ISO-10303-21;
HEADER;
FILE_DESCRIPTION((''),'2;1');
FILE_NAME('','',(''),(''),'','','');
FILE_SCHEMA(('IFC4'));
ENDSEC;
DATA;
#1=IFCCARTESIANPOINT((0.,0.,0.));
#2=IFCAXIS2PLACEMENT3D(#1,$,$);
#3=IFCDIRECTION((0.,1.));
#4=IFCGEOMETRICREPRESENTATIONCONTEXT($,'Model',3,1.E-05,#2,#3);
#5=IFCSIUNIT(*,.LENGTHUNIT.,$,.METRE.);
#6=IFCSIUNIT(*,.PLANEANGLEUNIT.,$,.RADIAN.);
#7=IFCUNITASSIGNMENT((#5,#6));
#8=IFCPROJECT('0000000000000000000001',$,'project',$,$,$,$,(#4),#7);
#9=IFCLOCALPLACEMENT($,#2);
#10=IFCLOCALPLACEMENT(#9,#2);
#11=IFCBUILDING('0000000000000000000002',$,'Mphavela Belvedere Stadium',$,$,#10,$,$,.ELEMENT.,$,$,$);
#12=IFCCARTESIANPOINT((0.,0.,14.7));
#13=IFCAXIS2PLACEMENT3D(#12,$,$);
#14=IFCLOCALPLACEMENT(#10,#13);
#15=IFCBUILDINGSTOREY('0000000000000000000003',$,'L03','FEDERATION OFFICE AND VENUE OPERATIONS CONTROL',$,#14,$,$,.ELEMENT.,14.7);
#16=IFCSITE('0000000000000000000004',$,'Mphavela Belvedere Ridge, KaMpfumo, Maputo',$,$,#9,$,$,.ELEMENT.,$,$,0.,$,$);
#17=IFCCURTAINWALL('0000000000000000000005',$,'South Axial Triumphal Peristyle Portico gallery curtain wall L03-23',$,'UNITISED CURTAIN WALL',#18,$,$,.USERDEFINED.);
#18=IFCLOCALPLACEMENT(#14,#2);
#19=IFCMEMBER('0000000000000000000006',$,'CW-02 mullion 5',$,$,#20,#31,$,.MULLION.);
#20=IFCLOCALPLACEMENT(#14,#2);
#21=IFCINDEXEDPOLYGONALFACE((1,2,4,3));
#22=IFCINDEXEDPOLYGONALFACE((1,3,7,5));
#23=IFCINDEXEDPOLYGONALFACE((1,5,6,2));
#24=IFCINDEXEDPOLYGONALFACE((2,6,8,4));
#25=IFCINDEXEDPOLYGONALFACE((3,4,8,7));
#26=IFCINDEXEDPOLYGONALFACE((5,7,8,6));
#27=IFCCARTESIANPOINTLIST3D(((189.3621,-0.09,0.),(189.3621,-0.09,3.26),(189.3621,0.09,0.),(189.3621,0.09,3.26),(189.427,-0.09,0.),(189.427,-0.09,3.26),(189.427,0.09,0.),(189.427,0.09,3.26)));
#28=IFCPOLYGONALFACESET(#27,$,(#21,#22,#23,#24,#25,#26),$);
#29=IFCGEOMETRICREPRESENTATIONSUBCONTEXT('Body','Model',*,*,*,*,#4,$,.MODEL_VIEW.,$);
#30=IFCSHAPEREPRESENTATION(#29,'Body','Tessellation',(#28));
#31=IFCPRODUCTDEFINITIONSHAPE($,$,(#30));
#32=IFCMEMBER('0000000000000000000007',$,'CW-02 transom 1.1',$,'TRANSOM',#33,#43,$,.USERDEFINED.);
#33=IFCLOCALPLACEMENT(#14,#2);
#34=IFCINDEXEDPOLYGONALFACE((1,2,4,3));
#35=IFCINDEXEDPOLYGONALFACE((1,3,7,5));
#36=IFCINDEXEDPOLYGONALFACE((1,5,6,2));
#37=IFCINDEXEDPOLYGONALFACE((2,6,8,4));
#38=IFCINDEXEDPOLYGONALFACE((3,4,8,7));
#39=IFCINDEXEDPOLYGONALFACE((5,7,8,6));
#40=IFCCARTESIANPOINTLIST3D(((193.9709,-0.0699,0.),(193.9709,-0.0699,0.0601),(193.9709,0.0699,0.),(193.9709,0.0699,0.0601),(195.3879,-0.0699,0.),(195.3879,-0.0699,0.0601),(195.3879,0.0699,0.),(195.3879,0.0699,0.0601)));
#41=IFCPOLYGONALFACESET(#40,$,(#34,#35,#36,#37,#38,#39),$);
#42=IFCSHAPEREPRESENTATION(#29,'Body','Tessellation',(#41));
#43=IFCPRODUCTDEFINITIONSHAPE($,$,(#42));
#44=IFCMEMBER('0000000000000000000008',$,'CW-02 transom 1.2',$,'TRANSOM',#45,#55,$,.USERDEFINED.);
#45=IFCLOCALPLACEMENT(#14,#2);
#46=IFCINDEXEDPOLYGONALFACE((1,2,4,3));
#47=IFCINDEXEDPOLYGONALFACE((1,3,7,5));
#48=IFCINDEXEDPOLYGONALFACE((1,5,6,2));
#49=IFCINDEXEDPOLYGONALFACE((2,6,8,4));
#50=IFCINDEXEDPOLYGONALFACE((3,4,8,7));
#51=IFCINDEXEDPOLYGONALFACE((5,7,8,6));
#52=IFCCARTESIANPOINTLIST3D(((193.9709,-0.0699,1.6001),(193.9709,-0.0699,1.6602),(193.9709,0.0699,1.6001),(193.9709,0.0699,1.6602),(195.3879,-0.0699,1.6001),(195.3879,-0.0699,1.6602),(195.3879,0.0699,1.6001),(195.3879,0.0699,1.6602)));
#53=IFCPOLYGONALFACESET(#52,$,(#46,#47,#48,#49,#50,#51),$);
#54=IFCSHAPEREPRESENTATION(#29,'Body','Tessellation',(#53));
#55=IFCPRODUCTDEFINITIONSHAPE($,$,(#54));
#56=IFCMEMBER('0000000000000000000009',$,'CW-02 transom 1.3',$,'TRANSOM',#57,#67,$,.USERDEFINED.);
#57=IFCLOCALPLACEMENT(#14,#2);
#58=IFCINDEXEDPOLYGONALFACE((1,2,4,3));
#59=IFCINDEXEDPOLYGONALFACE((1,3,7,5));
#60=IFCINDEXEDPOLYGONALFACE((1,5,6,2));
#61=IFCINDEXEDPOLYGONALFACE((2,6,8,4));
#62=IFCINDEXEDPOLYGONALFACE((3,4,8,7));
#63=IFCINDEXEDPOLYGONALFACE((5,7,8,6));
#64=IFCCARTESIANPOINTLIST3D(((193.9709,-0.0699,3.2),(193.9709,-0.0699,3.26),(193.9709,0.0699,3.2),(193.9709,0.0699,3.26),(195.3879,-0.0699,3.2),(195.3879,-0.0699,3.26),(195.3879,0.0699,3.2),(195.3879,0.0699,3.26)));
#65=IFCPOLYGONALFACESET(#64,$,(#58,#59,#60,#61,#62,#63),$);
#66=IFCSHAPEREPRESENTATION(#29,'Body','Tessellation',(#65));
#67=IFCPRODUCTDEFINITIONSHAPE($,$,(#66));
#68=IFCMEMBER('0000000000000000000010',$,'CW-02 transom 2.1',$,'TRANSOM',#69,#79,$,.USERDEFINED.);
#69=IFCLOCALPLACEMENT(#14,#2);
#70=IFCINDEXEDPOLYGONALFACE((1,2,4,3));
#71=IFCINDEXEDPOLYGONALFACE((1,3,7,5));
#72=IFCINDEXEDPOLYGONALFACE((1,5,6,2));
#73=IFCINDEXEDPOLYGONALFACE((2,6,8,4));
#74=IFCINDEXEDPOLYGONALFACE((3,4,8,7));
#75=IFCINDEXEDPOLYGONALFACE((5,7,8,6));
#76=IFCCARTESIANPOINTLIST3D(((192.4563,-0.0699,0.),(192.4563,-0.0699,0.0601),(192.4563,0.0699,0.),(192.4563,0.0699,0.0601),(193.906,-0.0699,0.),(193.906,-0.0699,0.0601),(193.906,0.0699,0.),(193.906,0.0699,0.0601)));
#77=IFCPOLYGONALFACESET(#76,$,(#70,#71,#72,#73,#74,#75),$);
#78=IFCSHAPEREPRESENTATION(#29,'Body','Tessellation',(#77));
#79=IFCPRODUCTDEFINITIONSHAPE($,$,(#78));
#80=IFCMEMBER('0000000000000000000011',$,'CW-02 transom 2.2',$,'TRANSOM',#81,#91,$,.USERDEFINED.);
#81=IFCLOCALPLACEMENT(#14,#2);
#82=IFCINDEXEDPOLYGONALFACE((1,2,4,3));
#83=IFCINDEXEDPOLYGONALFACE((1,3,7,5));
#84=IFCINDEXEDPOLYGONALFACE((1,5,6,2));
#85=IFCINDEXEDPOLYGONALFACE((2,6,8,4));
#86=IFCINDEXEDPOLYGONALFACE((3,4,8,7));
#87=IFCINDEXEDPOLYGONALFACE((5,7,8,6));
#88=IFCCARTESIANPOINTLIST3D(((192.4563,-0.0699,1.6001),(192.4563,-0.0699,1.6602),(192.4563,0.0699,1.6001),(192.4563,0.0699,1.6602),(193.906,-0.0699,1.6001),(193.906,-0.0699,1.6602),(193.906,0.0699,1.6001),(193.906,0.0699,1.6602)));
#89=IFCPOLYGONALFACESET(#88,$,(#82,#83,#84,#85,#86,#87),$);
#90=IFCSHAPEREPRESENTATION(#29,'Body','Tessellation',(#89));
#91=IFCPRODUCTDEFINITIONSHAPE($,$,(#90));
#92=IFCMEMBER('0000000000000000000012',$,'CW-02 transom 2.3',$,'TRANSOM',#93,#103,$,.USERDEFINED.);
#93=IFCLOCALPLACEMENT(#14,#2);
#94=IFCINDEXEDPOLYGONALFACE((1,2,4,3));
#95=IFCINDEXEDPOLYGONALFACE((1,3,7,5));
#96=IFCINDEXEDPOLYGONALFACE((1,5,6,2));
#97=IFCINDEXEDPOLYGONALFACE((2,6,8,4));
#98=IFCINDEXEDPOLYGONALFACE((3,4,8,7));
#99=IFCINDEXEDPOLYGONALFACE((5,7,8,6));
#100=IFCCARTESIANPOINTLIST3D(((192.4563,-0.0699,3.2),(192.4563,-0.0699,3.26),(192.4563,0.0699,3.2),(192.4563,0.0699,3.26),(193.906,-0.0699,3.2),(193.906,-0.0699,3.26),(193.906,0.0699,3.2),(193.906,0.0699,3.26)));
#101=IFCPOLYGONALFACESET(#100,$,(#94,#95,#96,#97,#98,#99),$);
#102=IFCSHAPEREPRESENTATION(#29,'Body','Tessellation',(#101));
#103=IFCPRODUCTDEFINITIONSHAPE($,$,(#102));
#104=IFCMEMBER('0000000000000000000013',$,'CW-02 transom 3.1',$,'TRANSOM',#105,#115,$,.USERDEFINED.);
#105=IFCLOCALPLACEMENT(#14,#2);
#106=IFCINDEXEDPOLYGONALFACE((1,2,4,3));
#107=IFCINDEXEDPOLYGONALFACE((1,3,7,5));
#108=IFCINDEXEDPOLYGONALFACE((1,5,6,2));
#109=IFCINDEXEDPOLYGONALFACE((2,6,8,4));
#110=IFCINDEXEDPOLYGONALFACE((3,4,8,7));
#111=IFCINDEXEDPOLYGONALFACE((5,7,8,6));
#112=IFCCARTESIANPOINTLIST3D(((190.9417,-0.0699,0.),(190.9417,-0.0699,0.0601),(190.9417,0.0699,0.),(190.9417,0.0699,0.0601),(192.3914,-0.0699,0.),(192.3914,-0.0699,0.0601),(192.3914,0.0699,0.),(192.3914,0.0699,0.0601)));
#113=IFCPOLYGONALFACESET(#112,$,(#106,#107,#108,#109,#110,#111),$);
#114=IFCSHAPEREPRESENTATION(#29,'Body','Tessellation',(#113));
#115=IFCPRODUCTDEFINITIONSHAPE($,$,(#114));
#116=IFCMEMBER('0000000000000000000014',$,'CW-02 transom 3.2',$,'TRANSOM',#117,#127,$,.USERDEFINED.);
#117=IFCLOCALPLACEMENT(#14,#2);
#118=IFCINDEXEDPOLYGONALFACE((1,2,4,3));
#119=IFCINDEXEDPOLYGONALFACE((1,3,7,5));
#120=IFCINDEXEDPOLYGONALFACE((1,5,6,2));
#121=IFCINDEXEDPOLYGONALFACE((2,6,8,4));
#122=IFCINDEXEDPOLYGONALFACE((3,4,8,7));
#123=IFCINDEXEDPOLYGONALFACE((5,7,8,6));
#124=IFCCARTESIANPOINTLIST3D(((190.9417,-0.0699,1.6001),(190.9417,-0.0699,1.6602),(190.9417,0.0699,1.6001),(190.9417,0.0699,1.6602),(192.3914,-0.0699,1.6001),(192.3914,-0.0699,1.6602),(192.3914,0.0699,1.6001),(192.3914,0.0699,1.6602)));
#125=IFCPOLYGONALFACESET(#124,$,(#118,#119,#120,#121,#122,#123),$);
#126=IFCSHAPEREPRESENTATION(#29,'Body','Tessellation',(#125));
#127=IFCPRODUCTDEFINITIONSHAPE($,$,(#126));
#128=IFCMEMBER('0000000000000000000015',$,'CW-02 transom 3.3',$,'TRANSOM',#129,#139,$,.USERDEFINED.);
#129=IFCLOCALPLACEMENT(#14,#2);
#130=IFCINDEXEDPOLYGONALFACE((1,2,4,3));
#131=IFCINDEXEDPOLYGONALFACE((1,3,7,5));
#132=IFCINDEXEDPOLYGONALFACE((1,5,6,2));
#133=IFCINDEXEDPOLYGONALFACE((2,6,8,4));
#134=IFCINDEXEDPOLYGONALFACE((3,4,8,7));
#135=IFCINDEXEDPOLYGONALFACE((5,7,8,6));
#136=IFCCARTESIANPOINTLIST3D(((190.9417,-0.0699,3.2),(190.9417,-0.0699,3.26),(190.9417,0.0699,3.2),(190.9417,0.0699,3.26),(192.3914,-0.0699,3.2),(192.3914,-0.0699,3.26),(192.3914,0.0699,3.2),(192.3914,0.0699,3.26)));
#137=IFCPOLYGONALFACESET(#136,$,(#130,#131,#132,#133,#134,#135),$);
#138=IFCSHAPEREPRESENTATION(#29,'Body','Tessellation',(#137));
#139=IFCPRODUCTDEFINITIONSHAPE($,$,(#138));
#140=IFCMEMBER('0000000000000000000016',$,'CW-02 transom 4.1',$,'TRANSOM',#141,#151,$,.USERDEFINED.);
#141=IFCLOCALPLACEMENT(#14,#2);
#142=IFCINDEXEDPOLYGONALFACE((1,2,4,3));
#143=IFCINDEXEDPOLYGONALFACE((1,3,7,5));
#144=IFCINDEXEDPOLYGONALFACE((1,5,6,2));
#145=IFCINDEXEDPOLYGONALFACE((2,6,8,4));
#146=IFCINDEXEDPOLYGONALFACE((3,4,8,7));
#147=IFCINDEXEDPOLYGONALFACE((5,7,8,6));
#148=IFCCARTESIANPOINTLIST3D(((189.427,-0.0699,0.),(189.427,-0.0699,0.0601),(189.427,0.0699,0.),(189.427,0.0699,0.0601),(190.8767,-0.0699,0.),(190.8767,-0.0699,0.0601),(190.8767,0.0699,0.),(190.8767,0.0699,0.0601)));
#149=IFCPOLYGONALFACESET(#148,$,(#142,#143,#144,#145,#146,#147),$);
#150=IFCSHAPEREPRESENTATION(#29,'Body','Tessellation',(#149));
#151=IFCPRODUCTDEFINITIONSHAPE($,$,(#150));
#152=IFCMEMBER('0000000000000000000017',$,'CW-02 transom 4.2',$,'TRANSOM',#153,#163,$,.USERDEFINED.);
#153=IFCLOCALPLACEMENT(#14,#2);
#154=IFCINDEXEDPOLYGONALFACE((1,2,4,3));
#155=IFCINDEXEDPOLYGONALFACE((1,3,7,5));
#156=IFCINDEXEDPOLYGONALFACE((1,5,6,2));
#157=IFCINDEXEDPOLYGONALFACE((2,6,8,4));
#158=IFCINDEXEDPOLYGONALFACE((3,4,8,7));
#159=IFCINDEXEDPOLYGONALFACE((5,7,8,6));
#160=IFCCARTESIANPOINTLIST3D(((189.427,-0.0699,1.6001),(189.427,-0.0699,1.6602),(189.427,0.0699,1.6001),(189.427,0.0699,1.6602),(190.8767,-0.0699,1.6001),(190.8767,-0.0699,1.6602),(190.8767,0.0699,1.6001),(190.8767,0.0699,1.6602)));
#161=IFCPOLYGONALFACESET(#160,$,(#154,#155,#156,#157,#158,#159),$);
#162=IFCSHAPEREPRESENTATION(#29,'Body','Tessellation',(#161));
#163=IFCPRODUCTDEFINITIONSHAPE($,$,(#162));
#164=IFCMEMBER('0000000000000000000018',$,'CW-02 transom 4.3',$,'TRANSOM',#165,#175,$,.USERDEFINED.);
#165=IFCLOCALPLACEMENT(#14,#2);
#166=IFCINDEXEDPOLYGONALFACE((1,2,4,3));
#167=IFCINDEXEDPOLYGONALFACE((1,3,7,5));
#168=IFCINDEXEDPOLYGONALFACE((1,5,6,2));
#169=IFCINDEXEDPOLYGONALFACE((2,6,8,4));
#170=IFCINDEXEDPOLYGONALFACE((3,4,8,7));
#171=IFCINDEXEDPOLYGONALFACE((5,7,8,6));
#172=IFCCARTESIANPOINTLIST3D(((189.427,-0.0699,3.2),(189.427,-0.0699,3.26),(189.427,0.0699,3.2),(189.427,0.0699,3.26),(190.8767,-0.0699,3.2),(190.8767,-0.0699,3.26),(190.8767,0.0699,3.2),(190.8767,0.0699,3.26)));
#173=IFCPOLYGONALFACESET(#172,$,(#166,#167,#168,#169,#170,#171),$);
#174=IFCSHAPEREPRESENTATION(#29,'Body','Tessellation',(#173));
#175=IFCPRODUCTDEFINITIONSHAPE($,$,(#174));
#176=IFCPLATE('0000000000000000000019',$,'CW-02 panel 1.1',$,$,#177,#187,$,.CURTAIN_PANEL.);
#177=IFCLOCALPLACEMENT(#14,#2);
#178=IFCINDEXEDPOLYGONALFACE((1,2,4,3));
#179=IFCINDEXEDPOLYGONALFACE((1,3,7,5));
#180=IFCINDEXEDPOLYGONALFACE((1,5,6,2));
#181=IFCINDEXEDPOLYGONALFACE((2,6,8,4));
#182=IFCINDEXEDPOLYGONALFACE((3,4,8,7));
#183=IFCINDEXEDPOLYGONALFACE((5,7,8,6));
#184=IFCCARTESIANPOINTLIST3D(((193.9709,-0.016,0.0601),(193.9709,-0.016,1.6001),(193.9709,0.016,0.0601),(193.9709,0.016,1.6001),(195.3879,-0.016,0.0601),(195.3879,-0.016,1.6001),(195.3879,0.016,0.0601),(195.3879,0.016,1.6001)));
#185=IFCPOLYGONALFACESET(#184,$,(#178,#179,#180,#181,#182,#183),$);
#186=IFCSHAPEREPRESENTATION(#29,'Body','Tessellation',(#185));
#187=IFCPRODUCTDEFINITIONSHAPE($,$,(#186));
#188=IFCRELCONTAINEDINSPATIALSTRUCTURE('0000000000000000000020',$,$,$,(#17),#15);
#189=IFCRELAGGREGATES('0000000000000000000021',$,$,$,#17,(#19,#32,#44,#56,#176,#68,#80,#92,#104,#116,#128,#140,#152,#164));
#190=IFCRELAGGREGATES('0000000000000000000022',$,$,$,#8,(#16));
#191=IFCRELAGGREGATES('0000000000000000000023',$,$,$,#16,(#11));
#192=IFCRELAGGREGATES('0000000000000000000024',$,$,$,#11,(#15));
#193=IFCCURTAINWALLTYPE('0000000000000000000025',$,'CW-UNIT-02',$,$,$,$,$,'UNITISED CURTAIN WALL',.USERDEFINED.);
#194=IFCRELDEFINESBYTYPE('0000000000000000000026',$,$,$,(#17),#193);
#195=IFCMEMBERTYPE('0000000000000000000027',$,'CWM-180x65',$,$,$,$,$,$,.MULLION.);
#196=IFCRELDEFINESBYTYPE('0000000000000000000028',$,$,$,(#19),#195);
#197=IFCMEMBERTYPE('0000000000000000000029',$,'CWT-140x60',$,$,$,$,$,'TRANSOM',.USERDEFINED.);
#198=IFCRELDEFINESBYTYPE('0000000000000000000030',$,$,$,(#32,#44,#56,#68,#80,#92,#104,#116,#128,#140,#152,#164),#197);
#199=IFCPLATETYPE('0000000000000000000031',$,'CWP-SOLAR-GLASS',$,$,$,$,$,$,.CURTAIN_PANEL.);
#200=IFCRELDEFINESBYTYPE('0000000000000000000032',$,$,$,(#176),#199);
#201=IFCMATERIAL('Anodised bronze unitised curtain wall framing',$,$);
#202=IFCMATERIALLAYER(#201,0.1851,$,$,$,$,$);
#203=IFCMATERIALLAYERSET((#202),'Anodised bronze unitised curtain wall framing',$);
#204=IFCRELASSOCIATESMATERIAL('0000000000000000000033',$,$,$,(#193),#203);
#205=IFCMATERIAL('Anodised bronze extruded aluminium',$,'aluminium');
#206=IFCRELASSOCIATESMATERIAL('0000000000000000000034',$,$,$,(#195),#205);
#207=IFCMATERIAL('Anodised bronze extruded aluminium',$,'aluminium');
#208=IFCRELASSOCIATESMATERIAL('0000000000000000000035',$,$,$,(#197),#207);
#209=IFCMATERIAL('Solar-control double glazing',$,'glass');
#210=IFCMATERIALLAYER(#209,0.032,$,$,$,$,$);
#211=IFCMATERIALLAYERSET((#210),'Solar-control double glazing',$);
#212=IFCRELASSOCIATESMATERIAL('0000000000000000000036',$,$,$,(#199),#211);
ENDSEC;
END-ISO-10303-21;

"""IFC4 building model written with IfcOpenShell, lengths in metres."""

from ifc_helpers import new_model, si_unit, direction, frame, origin, origin_2d, place, context, subcontext, project, spatial, rectangle, extrude, material, layer, layer_set, material_profile, profile_set, type_object, element, aggregate, save


model = new_model("IFC4")

# Units and contexts
model_context = context("Model", 3, precision=1e-05, world=origin(), true_north=direction((0.0, 1.0)))
body_context = subcontext(model_context, "Body", "Model", "MODEL_VIEW")
ifc_project = project(units=[si_unit("LENGTHUNIT", "METRE"), si_unit("PLANEANGLEUNIT", "RADIAN")], contexts=[model_context])

# Site, building, storey
site_placement = place(None, origin())
site = spatial("IfcSite", under=ifc_project, at=site_placement, Name="Mphavela Belvedere Ridge, KaMpfumo, Maputo", CompositionType="ELEMENT", RefElevation=0.0)
building_placement = place(site_placement, origin())
building = spatial("IfcBuilding", under=site, at=building_placement, Name="Mphavela Belvedere Stadium", CompositionType="ELEMENT")
storey_placement = place(building_placement, frame((0.0, 0.0, 14.7)))
storey = spatial("IfcBuildingStorey", under=building, at=storey_placement, Name="L03", Description="FEDERATION OFFICE AND VENUE OPERATIONS CONTROL", CompositionType="ELEMENT", Elevation=14.7)

# Curtain wall, members, plate
ifc_material_1 = material(Name="Anodised bronze unitised curtain wall framing")
ifc_layer_1 = layer(ifc_material_1, 0.1851)
ifc_layer_set_1 = layer_set([ifc_layer_1], Name="Anodised bronze unitised curtain wall framing")
curtain_wall_type = type_object("IfcCurtainWallType", Name="CW-UNIT-02", ElementType="UNITISED CURTAIN WALL", PredefinedType="USERDEFINED", material=ifc_layer_set_1)
curtain_wall_placement = place(storey_placement, origin())
curtain_wall = element("IfcCurtainWall", 1, at=curtain_wall_placement, inside=storey, type_object=curtain_wall_type, Name="South Axial Triumphal Peristyle Portico gallery curtain wall L03-23", ObjectType="UNITISED CURTAIN WALL", PredefinedType="USERDEFINED")
ifc_material_2 = material(Name="Anodised bronze extruded aluminium", Category="aluminium")
ifc_material_profile_1 = material_profile(ifc_material_2, rectangle(XDim=0.1799, YDim=0.0649, at=origin_2d()), Name="CW-MUL 180x65")
ifc_profile_set_1 = profile_set([ifc_material_profile_1], Name="Anodised bronze extruded aluminium")
member_type_1 = type_object("IfcMemberType", Name="CWM-180x65", PredefinedType="MULLION", material=ifc_profile_set_1)
member_1_placement = place(storey_placement, frame((189.3945, 0.0, 0.0), z_axis=(0.0, 0.0, 1.0), x_axis=(0.0, -1.0, 0.0)))
member_1 = element("IfcMember", 2, at=member_1_placement, type_object=member_type_1, Name="CW-02 mullion 5", PredefinedType="MULLION", context=body_context, shape_type="SweptSolid", body=[
    extrude(rectangle(XDim=0.1799, YDim=0.0649, at=origin_2d()), origin(), (0.0, 0.0, 1.0), 3.26),
])
ifc_material_3 = material(Name="Anodised bronze extruded aluminium", Category="aluminium")
ifc_material_profile_2 = material_profile(ifc_material_3, rectangle(XDim=0.1399, YDim=0.0601, at=origin_2d()), Name="CW-TRN 140x60")
ifc_profile_set_2 = profile_set([ifc_material_profile_2], Name="Anodised bronze extruded aluminium")
member_type_2 = type_object("IfcMemberType", Name="CWT-140x60", ElementType="TRANSOM", PredefinedType="USERDEFINED", material=ifc_profile_set_2)
member_2_placement = place(storey_placement, frame((195.3879, 0.0, 0.03), z_axis=(-1.0, 0.0, 0.0), x_axis=(0.0, -1.0, 0.0)))
member_2 = element("IfcMember", 3, at=member_2_placement, type_object=member_type_2, Name="CW-02 transom 1.1", ObjectType="TRANSOM", PredefinedType="USERDEFINED", context=body_context, shape_type="SweptSolid", body=[
    extrude(rectangle(XDim=0.1399, YDim=0.0601, at=origin_2d()), origin(), (0.0, 0.0, 1.0), 1.417),
])
member_3_placement = place(storey_placement, frame((195.3879, 0.0, 1.6301), z_axis=(-1.0, 0.0, 0.0), x_axis=(0.0, -1.0, 0.0)))
member_3 = element("IfcMember", 4, at=member_3_placement, type_object=member_type_2, Name="CW-02 transom 1.2", ObjectType="TRANSOM", PredefinedType="USERDEFINED", context=body_context, shape_type="SweptSolid", body=[
    extrude(rectangle(XDim=0.1399, YDim=0.0601, at=origin_2d()), origin(), (0.0, 0.0, 1.0), 1.417),
])
member_4_placement = place(storey_placement, frame((195.3879, 0.0, 3.23), z_axis=(-1.0, 0.0, 0.0), x_axis=(0.0, -1.0, 0.0)))
member_4 = element("IfcMember", 5, at=member_4_placement, type_object=member_type_2, Name="CW-02 transom 1.3", ObjectType="TRANSOM", PredefinedType="USERDEFINED", context=body_context, shape_type="SweptSolid", body=[
    extrude(rectangle(XDim=0.1399, YDim=0.0601, at=origin_2d()), origin(), (0.0, 0.0, 1.0), 1.417),
])
member_5_placement = place(storey_placement, frame((193.906, 0.0, 0.03), z_axis=(-1.0, 0.0, 0.0), x_axis=(0.0, -1.0, 0.0)))
member_5 = element("IfcMember", 6, at=member_5_placement, type_object=member_type_2, Name="CW-02 transom 2.1", ObjectType="TRANSOM", PredefinedType="USERDEFINED", context=body_context, shape_type="SweptSolid", body=[
    extrude(rectangle(XDim=0.1399, YDim=0.0601, at=origin_2d()), origin(), (0.0, 0.0, 1.0), 1.4497),
])
member_6_placement = place(storey_placement, frame((193.906, 0.0, 1.6301), z_axis=(-1.0, 0.0, 0.0), x_axis=(0.0, -1.0, 0.0)))
member_6 = element("IfcMember", 7, at=member_6_placement, type_object=member_type_2, Name="CW-02 transom 2.2", ObjectType="TRANSOM", PredefinedType="USERDEFINED", context=body_context, shape_type="SweptSolid", body=[
    extrude(rectangle(XDim=0.1399, YDim=0.0601, at=origin_2d()), origin(), (0.0, 0.0, 1.0), 1.4497),
])
member_7_placement = place(storey_placement, frame((193.906, 0.0, 3.23), z_axis=(-1.0, 0.0, 0.0), x_axis=(0.0, -1.0, 0.0)))
member_7 = element("IfcMember", 8, at=member_7_placement, type_object=member_type_2, Name="CW-02 transom 2.3", ObjectType="TRANSOM", PredefinedType="USERDEFINED", context=body_context, shape_type="SweptSolid", body=[
    extrude(rectangle(XDim=0.1399, YDim=0.0601, at=origin_2d()), origin(), (0.0, 0.0, 1.0), 1.4497),
])
member_8_placement = place(storey_placement, frame((192.3914, 0.0, 0.03), z_axis=(-1.0, 0.0, 0.0), x_axis=(0.0, -1.0, 0.0)))
member_8 = element("IfcMember", 9, at=member_8_placement, type_object=member_type_2, Name="CW-02 transom 3.1", ObjectType="TRANSOM", PredefinedType="USERDEFINED", context=body_context, shape_type="SweptSolid", body=[
    extrude(rectangle(XDim=0.1399, YDim=0.0601, at=origin_2d()), origin(), (0.0, 0.0, 1.0), 1.4497),
])
member_9_placement = place(storey_placement, frame((192.3914, 0.0, 1.6301), z_axis=(-1.0, 0.0, 0.0), x_axis=(0.0, -1.0, 0.0)))
member_9 = element("IfcMember", 10, at=member_9_placement, type_object=member_type_2, Name="CW-02 transom 3.2", ObjectType="TRANSOM", PredefinedType="USERDEFINED", context=body_context, shape_type="SweptSolid", body=[
    extrude(rectangle(XDim=0.1399, YDim=0.0601, at=origin_2d()), origin(), (0.0, 0.0, 1.0), 1.4497),
])
member_10_placement = place(storey_placement, frame((192.3914, 0.0, 3.23), z_axis=(-1.0, 0.0, 0.0), x_axis=(0.0, -1.0, 0.0)))
member_10 = element("IfcMember", 11, at=member_10_placement, type_object=member_type_2, Name="CW-02 transom 3.3", ObjectType="TRANSOM", PredefinedType="USERDEFINED", context=body_context, shape_type="SweptSolid", body=[
    extrude(rectangle(XDim=0.1399, YDim=0.0601, at=origin_2d()), origin(), (0.0, 0.0, 1.0), 1.4497),
])
member_11_placement = place(storey_placement, frame((190.8767, 0.0, 0.03), z_axis=(-1.0, 0.0, 0.0), x_axis=(0.0, -1.0, 0.0)))
member_11 = element("IfcMember", 12, at=member_11_placement, type_object=member_type_2, Name="CW-02 transom 4.1", ObjectType="TRANSOM", PredefinedType="USERDEFINED", context=body_context, shape_type="SweptSolid", body=[
    extrude(rectangle(XDim=0.1399, YDim=0.0601, at=origin_2d()), origin(), (0.0, 0.0, 1.0), 1.4497),
])
member_12_placement = place(storey_placement, frame((190.8767, 0.0, 1.6301), z_axis=(-1.0, 0.0, 0.0), x_axis=(0.0, -1.0, 0.0)))
member_12 = element("IfcMember", 13, at=member_12_placement, type_object=member_type_2, Name="CW-02 transom 4.2", ObjectType="TRANSOM", PredefinedType="USERDEFINED", context=body_context, shape_type="SweptSolid", body=[
    extrude(rectangle(XDim=0.1399, YDim=0.0601, at=origin_2d()), origin(), (0.0, 0.0, 1.0), 1.4497),
])
member_13_placement = place(storey_placement, frame((190.8767, 0.0, 3.23), z_axis=(-1.0, 0.0, 0.0), x_axis=(0.0, -1.0, 0.0)))
member_13 = element("IfcMember", 14, at=member_13_placement, type_object=member_type_2, Name="CW-02 transom 4.3", ObjectType="TRANSOM", PredefinedType="USERDEFINED", context=body_context, shape_type="SweptSolid", body=[
    extrude(rectangle(XDim=0.1399, YDim=0.0601, at=origin_2d()), origin(), (0.0, 0.0, 1.0), 1.4497),
])
ifc_material_4 = material(Name="Solar-control double glazing", Category="glass")
ifc_layer_2 = layer(ifc_material_4, 0.032)
ifc_layer_set_2 = layer_set([ifc_layer_2], Name="Solar-control double glazing")
plate_type = type_object("IfcPlateType", Name="CWP-SOLAR-GLASS", PredefinedType="CURTAIN_PANEL", material=ifc_layer_set_2)
plate_1_placement = place(storey_placement, frame((194.6794, 0.0, 0.0601), z_axis=(0.0, 0.0, 1.0), x_axis=(-1.0, 0.0, 0.0)))
plate_1 = element("IfcPlate", 15, at=plate_1_placement, type_object=plate_type, Name="CW-02 panel 1.1", PredefinedType="CURTAIN_PANEL", context=body_context, shape_type="SweptSolid", body=[
    extrude(rectangle(XDim=1.417, YDim=0.032, at=origin_2d()), origin(), (0.0, 0.0, 1.0), 1.54),
])
aggregate(curtain_wall, [member_1, member_2, member_3, member_4, plate_1, member_5, member_6, member_7, member_8, member_9, member_10, member_11, member_12, member_13])

save(model, "model.ifc")
